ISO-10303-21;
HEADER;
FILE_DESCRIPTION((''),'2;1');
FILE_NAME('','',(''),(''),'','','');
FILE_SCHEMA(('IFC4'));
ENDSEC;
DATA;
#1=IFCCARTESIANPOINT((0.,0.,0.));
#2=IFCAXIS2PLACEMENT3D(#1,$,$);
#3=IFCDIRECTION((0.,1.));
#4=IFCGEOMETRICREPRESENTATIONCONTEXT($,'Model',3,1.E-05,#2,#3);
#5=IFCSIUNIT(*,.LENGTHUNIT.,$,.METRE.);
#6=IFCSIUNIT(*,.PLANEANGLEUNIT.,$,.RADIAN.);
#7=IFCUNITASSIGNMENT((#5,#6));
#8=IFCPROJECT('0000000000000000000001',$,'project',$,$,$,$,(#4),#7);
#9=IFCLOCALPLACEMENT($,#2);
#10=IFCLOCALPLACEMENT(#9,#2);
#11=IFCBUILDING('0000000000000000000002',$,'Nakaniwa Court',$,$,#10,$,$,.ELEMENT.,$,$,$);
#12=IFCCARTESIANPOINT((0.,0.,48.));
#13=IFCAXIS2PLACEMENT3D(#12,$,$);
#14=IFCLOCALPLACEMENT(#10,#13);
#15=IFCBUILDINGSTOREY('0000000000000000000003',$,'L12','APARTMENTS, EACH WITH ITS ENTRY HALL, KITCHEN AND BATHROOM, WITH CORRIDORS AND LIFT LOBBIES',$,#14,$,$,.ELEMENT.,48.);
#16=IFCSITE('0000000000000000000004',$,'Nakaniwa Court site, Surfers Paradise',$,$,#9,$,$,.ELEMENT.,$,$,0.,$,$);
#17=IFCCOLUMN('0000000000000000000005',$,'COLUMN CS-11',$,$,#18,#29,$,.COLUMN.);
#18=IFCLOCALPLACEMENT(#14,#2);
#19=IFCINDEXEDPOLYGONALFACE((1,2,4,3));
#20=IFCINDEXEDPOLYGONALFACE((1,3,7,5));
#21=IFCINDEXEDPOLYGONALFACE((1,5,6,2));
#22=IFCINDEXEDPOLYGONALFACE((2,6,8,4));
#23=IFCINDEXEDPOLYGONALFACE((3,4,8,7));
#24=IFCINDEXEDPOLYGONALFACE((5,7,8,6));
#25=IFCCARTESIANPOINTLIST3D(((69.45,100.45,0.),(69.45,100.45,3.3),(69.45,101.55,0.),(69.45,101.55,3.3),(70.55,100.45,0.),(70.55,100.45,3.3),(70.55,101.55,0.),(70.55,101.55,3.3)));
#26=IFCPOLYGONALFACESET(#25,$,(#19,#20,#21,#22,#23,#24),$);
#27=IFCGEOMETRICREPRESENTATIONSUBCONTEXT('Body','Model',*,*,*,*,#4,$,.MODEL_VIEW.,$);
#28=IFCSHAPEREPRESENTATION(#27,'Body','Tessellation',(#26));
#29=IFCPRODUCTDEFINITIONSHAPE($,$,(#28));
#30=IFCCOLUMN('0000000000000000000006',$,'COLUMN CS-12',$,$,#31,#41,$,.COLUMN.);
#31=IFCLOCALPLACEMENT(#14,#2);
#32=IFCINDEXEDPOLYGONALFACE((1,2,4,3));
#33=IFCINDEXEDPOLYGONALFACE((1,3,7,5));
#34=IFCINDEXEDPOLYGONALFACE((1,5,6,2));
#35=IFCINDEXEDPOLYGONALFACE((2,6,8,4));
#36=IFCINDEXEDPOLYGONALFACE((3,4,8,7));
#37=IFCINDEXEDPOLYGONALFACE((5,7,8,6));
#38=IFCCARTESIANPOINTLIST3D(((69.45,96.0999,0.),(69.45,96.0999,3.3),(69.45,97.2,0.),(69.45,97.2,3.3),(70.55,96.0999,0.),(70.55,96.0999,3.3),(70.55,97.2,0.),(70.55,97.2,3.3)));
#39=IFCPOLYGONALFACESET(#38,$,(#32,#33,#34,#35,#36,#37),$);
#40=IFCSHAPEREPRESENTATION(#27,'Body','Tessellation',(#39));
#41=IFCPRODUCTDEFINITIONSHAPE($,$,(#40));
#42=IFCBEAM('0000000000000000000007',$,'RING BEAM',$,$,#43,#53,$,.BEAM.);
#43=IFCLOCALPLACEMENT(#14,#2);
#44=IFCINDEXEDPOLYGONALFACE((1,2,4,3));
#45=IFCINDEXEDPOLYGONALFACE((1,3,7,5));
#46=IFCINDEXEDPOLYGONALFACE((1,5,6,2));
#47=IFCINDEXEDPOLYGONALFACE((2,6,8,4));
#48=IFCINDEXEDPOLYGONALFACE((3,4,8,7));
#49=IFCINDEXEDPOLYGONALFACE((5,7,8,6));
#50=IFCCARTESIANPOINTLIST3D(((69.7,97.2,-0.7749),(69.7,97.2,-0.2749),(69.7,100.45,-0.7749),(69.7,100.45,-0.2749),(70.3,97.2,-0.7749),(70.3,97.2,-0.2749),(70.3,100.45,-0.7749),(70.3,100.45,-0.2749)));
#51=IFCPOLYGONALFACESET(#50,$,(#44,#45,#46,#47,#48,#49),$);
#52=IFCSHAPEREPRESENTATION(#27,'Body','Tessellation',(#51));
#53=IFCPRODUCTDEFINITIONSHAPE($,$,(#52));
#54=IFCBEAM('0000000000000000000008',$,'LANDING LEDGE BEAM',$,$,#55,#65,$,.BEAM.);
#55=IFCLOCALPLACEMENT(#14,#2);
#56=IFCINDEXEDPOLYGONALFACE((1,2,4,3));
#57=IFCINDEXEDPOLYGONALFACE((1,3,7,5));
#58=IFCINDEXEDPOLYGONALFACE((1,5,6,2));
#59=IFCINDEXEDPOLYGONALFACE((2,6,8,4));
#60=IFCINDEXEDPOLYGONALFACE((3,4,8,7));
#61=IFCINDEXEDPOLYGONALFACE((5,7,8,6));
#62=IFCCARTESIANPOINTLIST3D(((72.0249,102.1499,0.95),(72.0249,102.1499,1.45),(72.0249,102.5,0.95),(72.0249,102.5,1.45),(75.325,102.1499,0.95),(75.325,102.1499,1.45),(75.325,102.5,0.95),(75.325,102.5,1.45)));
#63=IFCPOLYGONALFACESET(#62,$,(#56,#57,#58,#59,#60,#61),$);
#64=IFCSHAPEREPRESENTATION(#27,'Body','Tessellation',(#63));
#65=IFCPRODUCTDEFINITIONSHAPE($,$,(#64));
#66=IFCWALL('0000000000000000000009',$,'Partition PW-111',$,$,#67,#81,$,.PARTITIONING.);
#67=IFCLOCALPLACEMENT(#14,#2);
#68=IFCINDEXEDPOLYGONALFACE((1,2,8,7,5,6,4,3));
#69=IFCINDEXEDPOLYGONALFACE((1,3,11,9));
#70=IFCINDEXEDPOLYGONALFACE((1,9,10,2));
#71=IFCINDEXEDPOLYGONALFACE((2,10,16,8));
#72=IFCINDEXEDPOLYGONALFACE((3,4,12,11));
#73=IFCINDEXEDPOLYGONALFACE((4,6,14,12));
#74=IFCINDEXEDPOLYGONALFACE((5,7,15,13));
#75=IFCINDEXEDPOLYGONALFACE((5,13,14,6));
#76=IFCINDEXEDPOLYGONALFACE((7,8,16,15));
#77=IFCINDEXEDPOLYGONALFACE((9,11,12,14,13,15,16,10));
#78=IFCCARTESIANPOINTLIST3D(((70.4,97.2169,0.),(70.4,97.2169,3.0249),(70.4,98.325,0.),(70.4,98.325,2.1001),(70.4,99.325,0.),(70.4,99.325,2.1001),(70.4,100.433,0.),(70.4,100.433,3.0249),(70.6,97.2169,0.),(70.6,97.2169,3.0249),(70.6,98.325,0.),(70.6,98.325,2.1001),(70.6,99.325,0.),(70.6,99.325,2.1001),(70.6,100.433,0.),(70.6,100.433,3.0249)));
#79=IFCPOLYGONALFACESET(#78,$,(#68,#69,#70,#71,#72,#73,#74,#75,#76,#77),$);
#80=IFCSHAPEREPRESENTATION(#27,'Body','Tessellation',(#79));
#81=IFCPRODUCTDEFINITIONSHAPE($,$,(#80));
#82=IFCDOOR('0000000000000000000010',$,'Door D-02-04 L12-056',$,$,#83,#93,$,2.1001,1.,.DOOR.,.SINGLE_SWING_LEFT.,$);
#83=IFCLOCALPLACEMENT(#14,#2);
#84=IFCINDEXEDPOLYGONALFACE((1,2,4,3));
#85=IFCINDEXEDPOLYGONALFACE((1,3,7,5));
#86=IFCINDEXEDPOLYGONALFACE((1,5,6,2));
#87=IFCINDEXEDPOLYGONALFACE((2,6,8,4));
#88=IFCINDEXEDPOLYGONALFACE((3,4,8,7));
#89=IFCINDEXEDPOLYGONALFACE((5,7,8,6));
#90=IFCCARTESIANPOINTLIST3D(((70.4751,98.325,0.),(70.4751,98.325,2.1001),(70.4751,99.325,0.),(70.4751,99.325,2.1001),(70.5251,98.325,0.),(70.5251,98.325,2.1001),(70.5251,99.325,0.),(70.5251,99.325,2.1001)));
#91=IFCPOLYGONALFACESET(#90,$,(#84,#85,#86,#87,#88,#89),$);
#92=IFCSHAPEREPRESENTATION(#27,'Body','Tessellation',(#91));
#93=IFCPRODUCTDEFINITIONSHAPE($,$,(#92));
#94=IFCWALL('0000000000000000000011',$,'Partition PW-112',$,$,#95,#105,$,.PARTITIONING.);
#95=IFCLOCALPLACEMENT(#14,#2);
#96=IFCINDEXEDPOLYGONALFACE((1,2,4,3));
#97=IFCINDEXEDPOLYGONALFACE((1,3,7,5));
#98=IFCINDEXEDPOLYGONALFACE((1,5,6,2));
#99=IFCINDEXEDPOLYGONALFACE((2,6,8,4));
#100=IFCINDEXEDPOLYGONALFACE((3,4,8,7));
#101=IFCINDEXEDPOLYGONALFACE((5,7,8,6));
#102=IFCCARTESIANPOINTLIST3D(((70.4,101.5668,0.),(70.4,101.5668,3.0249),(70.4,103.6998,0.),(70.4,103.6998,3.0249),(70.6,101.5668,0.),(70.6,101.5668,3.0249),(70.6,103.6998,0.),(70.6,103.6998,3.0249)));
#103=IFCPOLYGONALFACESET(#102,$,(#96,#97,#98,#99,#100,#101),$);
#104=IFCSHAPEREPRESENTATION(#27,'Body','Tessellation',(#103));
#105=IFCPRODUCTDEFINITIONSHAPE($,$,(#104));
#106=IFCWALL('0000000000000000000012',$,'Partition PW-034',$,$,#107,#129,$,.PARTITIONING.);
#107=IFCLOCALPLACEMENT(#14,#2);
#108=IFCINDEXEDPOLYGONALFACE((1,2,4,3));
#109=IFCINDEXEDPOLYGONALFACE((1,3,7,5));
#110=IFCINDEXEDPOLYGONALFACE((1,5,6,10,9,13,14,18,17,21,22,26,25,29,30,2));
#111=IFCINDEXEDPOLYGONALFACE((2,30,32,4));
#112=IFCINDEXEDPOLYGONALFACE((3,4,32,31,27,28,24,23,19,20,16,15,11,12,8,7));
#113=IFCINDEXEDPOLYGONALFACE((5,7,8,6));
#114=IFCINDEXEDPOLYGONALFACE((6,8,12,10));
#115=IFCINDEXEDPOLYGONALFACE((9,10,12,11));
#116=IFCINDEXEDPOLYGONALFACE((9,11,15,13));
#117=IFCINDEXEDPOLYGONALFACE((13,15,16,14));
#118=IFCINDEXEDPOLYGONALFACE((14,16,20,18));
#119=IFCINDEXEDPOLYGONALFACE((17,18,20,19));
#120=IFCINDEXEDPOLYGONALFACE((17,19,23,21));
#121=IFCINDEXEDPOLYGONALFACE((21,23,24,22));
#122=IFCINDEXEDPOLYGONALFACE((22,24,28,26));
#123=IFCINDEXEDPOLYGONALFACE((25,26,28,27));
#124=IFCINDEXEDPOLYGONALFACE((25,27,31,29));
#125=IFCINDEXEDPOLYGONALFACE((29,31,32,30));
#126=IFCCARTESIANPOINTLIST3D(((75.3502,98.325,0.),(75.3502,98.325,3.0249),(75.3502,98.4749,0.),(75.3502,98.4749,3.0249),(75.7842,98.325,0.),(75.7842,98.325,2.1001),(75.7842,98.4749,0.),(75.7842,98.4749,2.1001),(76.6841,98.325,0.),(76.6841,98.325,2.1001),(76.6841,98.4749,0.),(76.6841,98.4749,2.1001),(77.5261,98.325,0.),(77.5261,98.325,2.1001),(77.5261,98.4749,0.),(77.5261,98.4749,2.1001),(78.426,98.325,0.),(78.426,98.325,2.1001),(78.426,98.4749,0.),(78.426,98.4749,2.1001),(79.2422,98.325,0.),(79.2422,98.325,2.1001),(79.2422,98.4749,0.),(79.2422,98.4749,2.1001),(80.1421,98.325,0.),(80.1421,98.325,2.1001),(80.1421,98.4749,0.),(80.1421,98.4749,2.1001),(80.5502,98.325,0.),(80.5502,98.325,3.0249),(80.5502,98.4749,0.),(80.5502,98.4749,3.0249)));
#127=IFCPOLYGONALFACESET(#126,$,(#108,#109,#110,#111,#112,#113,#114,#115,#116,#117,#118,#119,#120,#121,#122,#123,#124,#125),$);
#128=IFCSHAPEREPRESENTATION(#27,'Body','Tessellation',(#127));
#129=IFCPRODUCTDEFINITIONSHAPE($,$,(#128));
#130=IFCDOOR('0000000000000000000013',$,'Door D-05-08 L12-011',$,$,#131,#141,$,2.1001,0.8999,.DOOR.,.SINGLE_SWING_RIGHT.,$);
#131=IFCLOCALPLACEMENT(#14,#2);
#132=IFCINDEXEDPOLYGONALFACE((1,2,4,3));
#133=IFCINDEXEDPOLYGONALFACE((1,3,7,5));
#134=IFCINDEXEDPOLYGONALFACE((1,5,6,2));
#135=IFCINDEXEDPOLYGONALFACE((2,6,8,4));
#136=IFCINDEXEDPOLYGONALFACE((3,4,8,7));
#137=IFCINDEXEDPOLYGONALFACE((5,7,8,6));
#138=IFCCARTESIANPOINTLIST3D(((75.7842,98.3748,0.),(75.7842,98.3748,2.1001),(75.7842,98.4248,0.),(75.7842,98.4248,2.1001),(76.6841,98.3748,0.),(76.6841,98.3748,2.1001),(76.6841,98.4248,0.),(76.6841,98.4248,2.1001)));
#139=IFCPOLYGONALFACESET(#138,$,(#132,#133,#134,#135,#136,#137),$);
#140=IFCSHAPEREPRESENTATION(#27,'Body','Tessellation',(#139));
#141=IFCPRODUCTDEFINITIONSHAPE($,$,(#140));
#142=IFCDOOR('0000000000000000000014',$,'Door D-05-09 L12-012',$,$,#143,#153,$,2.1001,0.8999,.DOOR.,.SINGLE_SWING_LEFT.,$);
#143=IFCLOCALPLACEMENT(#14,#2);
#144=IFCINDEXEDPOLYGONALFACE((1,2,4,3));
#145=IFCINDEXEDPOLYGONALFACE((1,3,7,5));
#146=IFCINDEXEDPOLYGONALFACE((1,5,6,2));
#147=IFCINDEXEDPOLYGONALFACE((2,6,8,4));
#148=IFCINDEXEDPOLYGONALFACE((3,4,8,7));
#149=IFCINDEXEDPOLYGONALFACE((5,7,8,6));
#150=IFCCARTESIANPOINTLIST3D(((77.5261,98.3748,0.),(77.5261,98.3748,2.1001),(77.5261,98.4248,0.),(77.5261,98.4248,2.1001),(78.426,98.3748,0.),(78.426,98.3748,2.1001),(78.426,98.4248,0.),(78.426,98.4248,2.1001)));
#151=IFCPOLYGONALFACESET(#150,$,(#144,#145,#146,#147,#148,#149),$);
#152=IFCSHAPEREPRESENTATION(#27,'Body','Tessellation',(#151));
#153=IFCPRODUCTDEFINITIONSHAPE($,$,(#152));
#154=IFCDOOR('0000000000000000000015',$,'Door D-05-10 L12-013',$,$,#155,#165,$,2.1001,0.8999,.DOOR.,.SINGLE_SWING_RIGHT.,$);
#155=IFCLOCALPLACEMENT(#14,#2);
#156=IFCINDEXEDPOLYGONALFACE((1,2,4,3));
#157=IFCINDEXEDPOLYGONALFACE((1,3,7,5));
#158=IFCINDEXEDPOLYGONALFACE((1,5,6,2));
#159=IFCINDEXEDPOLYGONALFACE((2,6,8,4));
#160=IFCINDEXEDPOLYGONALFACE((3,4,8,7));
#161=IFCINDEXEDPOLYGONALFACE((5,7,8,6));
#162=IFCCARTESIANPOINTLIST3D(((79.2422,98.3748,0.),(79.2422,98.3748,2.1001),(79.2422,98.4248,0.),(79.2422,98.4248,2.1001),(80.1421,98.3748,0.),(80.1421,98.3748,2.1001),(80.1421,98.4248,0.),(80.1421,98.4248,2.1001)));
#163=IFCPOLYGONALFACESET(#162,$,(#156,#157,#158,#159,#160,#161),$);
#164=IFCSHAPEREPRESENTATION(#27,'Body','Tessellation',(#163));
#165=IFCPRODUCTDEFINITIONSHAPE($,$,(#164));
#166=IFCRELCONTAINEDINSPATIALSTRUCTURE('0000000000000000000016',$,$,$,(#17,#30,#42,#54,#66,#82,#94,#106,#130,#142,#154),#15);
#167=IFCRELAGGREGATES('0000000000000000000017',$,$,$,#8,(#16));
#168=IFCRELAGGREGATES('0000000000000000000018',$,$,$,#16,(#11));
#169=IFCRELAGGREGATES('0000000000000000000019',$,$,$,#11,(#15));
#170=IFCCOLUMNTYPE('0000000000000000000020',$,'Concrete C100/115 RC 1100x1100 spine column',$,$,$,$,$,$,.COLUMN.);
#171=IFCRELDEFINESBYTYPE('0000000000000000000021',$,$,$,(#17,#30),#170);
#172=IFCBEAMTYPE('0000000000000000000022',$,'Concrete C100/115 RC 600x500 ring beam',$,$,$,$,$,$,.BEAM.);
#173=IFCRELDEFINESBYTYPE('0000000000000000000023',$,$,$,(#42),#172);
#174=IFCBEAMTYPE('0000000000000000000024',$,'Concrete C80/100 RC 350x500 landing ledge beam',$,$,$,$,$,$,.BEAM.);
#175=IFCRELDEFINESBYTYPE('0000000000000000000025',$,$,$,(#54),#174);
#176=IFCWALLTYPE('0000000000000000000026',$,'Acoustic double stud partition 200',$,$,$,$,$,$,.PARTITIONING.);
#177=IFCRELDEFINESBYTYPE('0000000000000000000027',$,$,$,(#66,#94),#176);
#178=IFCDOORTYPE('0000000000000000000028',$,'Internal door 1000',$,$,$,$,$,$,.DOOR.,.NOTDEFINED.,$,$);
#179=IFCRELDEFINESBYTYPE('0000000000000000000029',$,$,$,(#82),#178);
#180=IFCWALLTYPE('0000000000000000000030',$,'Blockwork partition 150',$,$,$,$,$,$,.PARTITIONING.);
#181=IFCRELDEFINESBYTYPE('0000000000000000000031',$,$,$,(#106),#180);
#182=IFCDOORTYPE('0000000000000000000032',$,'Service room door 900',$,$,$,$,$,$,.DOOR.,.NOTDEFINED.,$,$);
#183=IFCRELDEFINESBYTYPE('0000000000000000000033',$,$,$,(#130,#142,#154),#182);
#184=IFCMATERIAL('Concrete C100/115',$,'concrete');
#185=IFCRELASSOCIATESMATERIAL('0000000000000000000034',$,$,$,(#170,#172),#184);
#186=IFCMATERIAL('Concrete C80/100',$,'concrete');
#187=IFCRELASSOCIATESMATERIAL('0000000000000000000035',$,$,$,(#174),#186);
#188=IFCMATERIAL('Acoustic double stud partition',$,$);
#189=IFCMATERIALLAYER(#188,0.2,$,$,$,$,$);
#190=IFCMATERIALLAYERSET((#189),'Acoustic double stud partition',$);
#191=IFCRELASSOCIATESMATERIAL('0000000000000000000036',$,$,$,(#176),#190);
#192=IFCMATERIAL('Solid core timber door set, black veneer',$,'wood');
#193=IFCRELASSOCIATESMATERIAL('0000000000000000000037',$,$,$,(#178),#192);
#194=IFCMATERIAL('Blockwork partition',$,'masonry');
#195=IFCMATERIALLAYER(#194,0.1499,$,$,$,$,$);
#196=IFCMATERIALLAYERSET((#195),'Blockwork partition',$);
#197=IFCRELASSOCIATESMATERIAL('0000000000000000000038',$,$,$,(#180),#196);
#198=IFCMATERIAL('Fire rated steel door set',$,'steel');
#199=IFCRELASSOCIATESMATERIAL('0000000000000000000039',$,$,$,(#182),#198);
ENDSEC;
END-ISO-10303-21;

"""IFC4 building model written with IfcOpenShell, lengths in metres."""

from ifc_helpers import new_model, si_unit, direction, frame, frame_2d, origin, origin_2d, place, context, subcontext, project, spatial, rectangle, extrude, material, layer, layer_set, material_profile, profile_set, type_object, element, fill, save


model = new_model("IFC4")

# Units and contexts
model_context = context("Model", 3, precision=1e-05, world=origin(), true_north=direction((0.0, 1.0)))
body_context = subcontext(model_context, "Body", "Model", "MODEL_VIEW")
ifc_project = project(units=[si_unit("LENGTHUNIT", "METRE"), si_unit("PLANEANGLEUNIT", "RADIAN")], contexts=[model_context])

# Site, building, storey
site_placement = place(None, origin())
site = spatial("IfcSite", under=ifc_project, at=site_placement, Name="Nakaniwa Court site, Surfers Paradise", CompositionType="ELEMENT", RefElevation=0.0)
building_placement = place(site_placement, origin())
building = spatial("IfcBuilding", under=site, at=building_placement, Name="Nakaniwa Court", CompositionType="ELEMENT")
storey_placement = place(building_placement, frame((0.0, 0.0, 48.0)))
storey = spatial("IfcBuildingStorey", under=building, at=storey_placement, Name="L12", Description="APARTMENTS, EACH WITH ITS ENTRY HALL, KITCHEN AND BATHROOM, WITH CORRIDORS AND LIFT LOBBIES", CompositionType="ELEMENT", Elevation=48.0)

# Columns
ifc_material_1 = material(Name="Concrete C100/115", Category="concrete")
ifc_material_profile_1 = material_profile(ifc_material_1, rectangle(XDim=1.1001, YDim=1.1001, at=origin_2d()), Name="Concrete C100/115 RC 1100x1100 spine column")
ifc_profile_set_1 = profile_set([ifc_material_profile_1], Name="Concrete C100/115")
column_type = type_object("IfcColumnType", Name="Concrete C100/115 RC 1100x1100 spine column", PredefinedType="COLUMN", material=ifc_profile_set_1)
for number, where, z_axis, x_axis, name in (
    (1, (70.0, 101.0, 0.0), (0.0, 0.0, 1.0), (0.0, -1.0, 0.0), "COLUMN CS-11"),
    (2, (70.0, 96.6499, 0.0), (0.0, 0.0, 1.0), (0.0, -1.0, 0.0), "COLUMN CS-12"),
):
    element("IfcColumn", number, at=place(storey_placement, frame(where, z_axis=z_axis, x_axis=x_axis)), inside=storey, type_object=column_type, Name=name, PredefinedType="COLUMN", context=body_context, shape_type="SweptSolid", body=[
        extrude(rectangle(XDim=1.1001, YDim=1.1001, at=origin_2d()), origin(), (0.0, 0.0, 1.0), 3.3),
    ])

# Beams
ifc_material_profile_2 = material_profile(ifc_material_1, rectangle(XDim=0.6001, YDim=0.5, at=origin_2d()), Name="Concrete C100/115 RC 600x500 ring beam")
ifc_profile_set_2 = profile_set([ifc_material_profile_2], Name="Concrete C100/115")
beam_type_1 = type_object("IfcBeamType", Name="Concrete C100/115 RC 600x500 ring beam", PredefinedType="BEAM", material=ifc_profile_set_2)
beam_1_placement = place(storey_placement, frame((70.0, 100.45, -0.5249), z_axis=(0.0, -1.0, 0.0), x_axis=(1.0, 0.0, 0.0)))
element("IfcBeam", 3, at=beam_1_placement, inside=storey, type_object=beam_type_1, Name="RING BEAM", PredefinedType="BEAM", context=body_context, shape_type="SweptSolid", body=[
    extrude(rectangle(XDim=0.6001, YDim=0.5, at=origin_2d()), origin(), (0.0, 0.0, 1.0), 3.25),
])
ifc_material_2 = material(Name="Concrete C80/100", Category="concrete")
ifc_material_profile_3 = material_profile(ifc_material_2, rectangle(XDim=0.3501, YDim=0.5, at=origin_2d()), Name="Concrete C80/100 RC 350x500 landing ledge beam")
ifc_profile_set_3 = profile_set([ifc_material_profile_3], Name="Concrete C80/100")
beam_type_2 = type_object("IfcBeamType", Name="Concrete C80/100 RC 350x500 landing ledge beam", PredefinedType="BEAM", material=ifc_profile_set_3)
beam_2_placement = place(storey_placement, frame((72.0249, 102.325, 1.2), z_axis=(1.0, 0.0, 0.0), x_axis=(0.0, 1.0, 0.0)))
element("IfcBeam", 4, at=beam_2_placement, inside=storey, type_object=beam_type_2, Name="LANDING LEDGE BEAM", PredefinedType="BEAM", context=body_context, shape_type="SweptSolid", body=[
    extrude(rectangle(XDim=0.3501, YDim=0.5, at=origin_2d()), origin(), (0.0, 0.0, 1.0), 3.3),
])

# Wall, opening, door
ifc_material_3 = material(Name="Acoustic double stud partition")
ifc_layer_1 = layer(ifc_material_3, 0.2)
ifc_layer_set_1 = layer_set([ifc_layer_1], Name="Acoustic double stud partition")
wall_type_1 = type_object("IfcWallType", Name="Acoustic double stud partition 200", PredefinedType="PARTITIONING", material=ifc_layer_set_1)
wall_1_placement = place(storey_placement, frame((70.5, 97.217, 0.0), z_axis=(0.0, 0.0, 1.0), x_axis=(0.0, 1.0, 0.0)))
wall_1 = element("IfcWall", 5, at=wall_1_placement, inside=storey, type_object=wall_type_1, Name="Partition PW-111", PredefinedType="PARTITIONING", context=body_context, shape_type="SweptSolid", body=[
    extrude(rectangle(XDim=3.2161, YDim=0.2, at=frame_2d((1.6079, 0.0))), origin(), (0.0, 0.0, 1.0), 3.0249),
])
opening_1_placement = place(wall_1_placement, frame((1.1079, 0.0, 0.0)))
opening_1 = element("IfcOpeningElement", 6, at=opening_1_placement, cuts=wall_1, PredefinedType="OPENING", context=body_context, shape_type="SweptSolid", body=[
    extrude(rectangle(XDim=1.0, YDim=2.1001, at=frame_2d((0.5, 1.05))), frame((0.0, 0.1099, 0.0), z_axis=(0.0, -1.0, 0.0), x_axis=(1.0, 0.0, 0.0)), (0.0, 0.0, 1.0), 0.22),
])
ifc_material_4 = material(Name="Solid core timber door set, black veneer", Category="wood")
door_type_1 = type_object("IfcDoorType", Name="Internal door 1000", OperationType="NOTDEFINED", PredefinedType="DOOR", material=ifc_material_4)
door_1_placement = place(opening_1_placement, origin())
door_1 = element("IfcDoor", 7, at=door_1_placement, inside=storey, type_object=door_type_1, Name="Door D-02-04 L12-056", OperationType="SINGLE_SWING_LEFT", OverallHeight=2.1001, OverallWidth=1.0, PredefinedType="DOOR", context=body_context, shape_type="SweptSolid", body=[
    extrude(rectangle(XDim=1.0, YDim=2.1001, at=frame_2d((0.5, 1.05))), frame((0.0, 0.0249, 0.0), z_axis=(0.0, -1.0, 0.0), x_axis=(1.0, 0.0, 0.0)), (0.0, 0.0, 1.0), 0.05),
])
fill(opening_1, door_1)

# Wall
wall_2_placement = place(storey_placement, frame((70.5, 101.5669, 0.0), z_axis=(0.0, 0.0, 1.0), x_axis=(0.0, 1.0, 0.0)))
element("IfcWall", 8, at=wall_2_placement, inside=storey, type_object=wall_type_1, Name="Partition PW-112", PredefinedType="PARTITIONING", context=body_context, shape_type="SweptSolid", body=[
    extrude(rectangle(XDim=2.1331, YDim=0.2, at=frame_2d((1.0664, 0.0))), origin(), (0.0, 0.0, 1.0), 3.0249),
])

# Wall, openings, doors
ifc_material_5 = material(Name="Blockwork partition", Category="masonry")
ifc_layer_2 = layer(ifc_material_5, 0.1499)
ifc_layer_set_2 = layer_set([ifc_layer_2], Name="Blockwork partition")
wall_type_2 = type_object("IfcWallType", Name="Blockwork partition 150", PredefinedType="PARTITIONING", material=ifc_layer_set_2)
wall_3_placement = place(storey_placement, frame((75.3501, 98.3999, 0.0), z_axis=(0.0, 0.0, 1.0), x_axis=(1.0, 0.0, 0.0)))
wall_3 = element("IfcWall", 9, at=wall_3_placement, inside=storey, type_object=wall_type_2, Name="Partition PW-034", PredefinedType="PARTITIONING", context=body_context, shape_type="SweptSolid", body=[
    extrude(rectangle(XDim=5.2, YDim=0.1499, at=frame_2d((2.6001, 0.0))), origin(), (0.0, 0.0, 1.0), 3.0249),
])
opening_2_placement = place(wall_3_placement, frame((0.4341, 0.0, 0.0)))
opening_2 = element("IfcOpeningElement", 10, at=opening_2_placement, cuts=wall_3, PredefinedType="OPENING", context=body_context, shape_type="SweptSolid", body=[
    extrude(rectangle(XDim=0.8999, YDim=2.1001, at=frame_2d((0.45, 1.05))), frame((0.0, 0.085, 0.0), z_axis=(0.0, -1.0, 0.0), x_axis=(1.0, 0.0, 0.0)), (0.0, 0.0, 1.0), 0.1699),
])
opening_3_placement = place(wall_3_placement, frame((2.176, 0.0, 0.0)))
opening_3 = element("IfcOpeningElement", 11, at=opening_3_placement, cuts=wall_3, PredefinedType="OPENING", context=body_context, shape_type="SweptSolid", body=[
    extrude(rectangle(XDim=0.8999, YDim=2.1001, at=frame_2d((0.45, 1.05))), frame((0.0, 0.085, 0.0), z_axis=(0.0, -1.0, 0.0), x_axis=(1.0, 0.0, 0.0)), (0.0, 0.0, 1.0), 0.1699),
])
opening_4_placement = place(wall_3_placement, frame((3.8921, 0.0, 0.0)))
opening_4 = element("IfcOpeningElement", 12, at=opening_4_placement, cuts=wall_3, PredefinedType="OPENING", context=body_context, shape_type="SweptSolid", body=[
    extrude(rectangle(XDim=0.8999, YDim=2.1001, at=frame_2d((0.45, 1.05))), frame((0.0, 0.085, 0.0), z_axis=(0.0, -1.0, 0.0), x_axis=(1.0, 0.0, 0.0)), (0.0, 0.0, 1.0), 0.1699),
])
ifc_material_6 = material(Name="Fire rated steel door set", Category="steel")
door_type_2 = type_object("IfcDoorType", Name="Service room door 900", OperationType="NOTDEFINED", PredefinedType="DOOR", material=ifc_material_6)
door_2_placement = place(opening_2_placement, origin())
door_2 = element("IfcDoor", 13, at=door_2_placement, inside=storey, type_object=door_type_2, Name="Door D-05-08 L12-011", OperationType="SINGLE_SWING_RIGHT", OverallHeight=2.1001, OverallWidth=0.8999, PredefinedType="DOOR", context=body_context, shape_type="SweptSolid", body=[
    extrude(rectangle(XDim=0.8999, YDim=2.1001, at=frame_2d((0.45, 1.05))), frame((0.0, 0.0249, 0.0), z_axis=(0.0, -1.0, 0.0), x_axis=(1.0, 0.0, 0.0)), (0.0, 0.0, 1.0), 0.05),
])
fill(opening_2, door_2)
door_3_placement = place(opening_3_placement, origin())
door_3 = element("IfcDoor", 14, at=door_3_placement, inside=storey, type_object=door_type_2, Name="Door D-05-09 L12-012", OperationType="SINGLE_SWING_LEFT", OverallHeight=2.1001, OverallWidth=0.8999, PredefinedType="DOOR", context=body_context, shape_type="SweptSolid", body=[
    extrude(rectangle(XDim=0.8999, YDim=2.1001, at=frame_2d((0.45, 1.05))), frame((0.0, 0.0249, 0.0), z_axis=(0.0, -1.0, 0.0), x_axis=(1.0, 0.0, 0.0)), (0.0, 0.0, 1.0), 0.05),
])
fill(opening_3, door_3)
door_4_placement = place(opening_4_placement, origin())
door_4 = element("IfcDoor", 15, at=door_4_placement, inside=storey, type_object=door_type_2, Name="Door D-05-10 L12-013", OperationType="SINGLE_SWING_RIGHT", OverallHeight=2.1001, OverallWidth=0.8999, PredefinedType="DOOR", context=body_context, shape_type="SweptSolid", body=[
    extrude(rectangle(XDim=0.8999, YDim=2.1001, at=frame_2d((0.45, 1.05))), frame((0.0, 0.0249, 0.0), z_axis=(0.0, -1.0, 0.0), x_axis=(1.0, 0.0, 0.0)), (0.0, 0.0, 1.0), 0.05),
])
fill(opening_4, door_4)

save(model, "model.ifc")
